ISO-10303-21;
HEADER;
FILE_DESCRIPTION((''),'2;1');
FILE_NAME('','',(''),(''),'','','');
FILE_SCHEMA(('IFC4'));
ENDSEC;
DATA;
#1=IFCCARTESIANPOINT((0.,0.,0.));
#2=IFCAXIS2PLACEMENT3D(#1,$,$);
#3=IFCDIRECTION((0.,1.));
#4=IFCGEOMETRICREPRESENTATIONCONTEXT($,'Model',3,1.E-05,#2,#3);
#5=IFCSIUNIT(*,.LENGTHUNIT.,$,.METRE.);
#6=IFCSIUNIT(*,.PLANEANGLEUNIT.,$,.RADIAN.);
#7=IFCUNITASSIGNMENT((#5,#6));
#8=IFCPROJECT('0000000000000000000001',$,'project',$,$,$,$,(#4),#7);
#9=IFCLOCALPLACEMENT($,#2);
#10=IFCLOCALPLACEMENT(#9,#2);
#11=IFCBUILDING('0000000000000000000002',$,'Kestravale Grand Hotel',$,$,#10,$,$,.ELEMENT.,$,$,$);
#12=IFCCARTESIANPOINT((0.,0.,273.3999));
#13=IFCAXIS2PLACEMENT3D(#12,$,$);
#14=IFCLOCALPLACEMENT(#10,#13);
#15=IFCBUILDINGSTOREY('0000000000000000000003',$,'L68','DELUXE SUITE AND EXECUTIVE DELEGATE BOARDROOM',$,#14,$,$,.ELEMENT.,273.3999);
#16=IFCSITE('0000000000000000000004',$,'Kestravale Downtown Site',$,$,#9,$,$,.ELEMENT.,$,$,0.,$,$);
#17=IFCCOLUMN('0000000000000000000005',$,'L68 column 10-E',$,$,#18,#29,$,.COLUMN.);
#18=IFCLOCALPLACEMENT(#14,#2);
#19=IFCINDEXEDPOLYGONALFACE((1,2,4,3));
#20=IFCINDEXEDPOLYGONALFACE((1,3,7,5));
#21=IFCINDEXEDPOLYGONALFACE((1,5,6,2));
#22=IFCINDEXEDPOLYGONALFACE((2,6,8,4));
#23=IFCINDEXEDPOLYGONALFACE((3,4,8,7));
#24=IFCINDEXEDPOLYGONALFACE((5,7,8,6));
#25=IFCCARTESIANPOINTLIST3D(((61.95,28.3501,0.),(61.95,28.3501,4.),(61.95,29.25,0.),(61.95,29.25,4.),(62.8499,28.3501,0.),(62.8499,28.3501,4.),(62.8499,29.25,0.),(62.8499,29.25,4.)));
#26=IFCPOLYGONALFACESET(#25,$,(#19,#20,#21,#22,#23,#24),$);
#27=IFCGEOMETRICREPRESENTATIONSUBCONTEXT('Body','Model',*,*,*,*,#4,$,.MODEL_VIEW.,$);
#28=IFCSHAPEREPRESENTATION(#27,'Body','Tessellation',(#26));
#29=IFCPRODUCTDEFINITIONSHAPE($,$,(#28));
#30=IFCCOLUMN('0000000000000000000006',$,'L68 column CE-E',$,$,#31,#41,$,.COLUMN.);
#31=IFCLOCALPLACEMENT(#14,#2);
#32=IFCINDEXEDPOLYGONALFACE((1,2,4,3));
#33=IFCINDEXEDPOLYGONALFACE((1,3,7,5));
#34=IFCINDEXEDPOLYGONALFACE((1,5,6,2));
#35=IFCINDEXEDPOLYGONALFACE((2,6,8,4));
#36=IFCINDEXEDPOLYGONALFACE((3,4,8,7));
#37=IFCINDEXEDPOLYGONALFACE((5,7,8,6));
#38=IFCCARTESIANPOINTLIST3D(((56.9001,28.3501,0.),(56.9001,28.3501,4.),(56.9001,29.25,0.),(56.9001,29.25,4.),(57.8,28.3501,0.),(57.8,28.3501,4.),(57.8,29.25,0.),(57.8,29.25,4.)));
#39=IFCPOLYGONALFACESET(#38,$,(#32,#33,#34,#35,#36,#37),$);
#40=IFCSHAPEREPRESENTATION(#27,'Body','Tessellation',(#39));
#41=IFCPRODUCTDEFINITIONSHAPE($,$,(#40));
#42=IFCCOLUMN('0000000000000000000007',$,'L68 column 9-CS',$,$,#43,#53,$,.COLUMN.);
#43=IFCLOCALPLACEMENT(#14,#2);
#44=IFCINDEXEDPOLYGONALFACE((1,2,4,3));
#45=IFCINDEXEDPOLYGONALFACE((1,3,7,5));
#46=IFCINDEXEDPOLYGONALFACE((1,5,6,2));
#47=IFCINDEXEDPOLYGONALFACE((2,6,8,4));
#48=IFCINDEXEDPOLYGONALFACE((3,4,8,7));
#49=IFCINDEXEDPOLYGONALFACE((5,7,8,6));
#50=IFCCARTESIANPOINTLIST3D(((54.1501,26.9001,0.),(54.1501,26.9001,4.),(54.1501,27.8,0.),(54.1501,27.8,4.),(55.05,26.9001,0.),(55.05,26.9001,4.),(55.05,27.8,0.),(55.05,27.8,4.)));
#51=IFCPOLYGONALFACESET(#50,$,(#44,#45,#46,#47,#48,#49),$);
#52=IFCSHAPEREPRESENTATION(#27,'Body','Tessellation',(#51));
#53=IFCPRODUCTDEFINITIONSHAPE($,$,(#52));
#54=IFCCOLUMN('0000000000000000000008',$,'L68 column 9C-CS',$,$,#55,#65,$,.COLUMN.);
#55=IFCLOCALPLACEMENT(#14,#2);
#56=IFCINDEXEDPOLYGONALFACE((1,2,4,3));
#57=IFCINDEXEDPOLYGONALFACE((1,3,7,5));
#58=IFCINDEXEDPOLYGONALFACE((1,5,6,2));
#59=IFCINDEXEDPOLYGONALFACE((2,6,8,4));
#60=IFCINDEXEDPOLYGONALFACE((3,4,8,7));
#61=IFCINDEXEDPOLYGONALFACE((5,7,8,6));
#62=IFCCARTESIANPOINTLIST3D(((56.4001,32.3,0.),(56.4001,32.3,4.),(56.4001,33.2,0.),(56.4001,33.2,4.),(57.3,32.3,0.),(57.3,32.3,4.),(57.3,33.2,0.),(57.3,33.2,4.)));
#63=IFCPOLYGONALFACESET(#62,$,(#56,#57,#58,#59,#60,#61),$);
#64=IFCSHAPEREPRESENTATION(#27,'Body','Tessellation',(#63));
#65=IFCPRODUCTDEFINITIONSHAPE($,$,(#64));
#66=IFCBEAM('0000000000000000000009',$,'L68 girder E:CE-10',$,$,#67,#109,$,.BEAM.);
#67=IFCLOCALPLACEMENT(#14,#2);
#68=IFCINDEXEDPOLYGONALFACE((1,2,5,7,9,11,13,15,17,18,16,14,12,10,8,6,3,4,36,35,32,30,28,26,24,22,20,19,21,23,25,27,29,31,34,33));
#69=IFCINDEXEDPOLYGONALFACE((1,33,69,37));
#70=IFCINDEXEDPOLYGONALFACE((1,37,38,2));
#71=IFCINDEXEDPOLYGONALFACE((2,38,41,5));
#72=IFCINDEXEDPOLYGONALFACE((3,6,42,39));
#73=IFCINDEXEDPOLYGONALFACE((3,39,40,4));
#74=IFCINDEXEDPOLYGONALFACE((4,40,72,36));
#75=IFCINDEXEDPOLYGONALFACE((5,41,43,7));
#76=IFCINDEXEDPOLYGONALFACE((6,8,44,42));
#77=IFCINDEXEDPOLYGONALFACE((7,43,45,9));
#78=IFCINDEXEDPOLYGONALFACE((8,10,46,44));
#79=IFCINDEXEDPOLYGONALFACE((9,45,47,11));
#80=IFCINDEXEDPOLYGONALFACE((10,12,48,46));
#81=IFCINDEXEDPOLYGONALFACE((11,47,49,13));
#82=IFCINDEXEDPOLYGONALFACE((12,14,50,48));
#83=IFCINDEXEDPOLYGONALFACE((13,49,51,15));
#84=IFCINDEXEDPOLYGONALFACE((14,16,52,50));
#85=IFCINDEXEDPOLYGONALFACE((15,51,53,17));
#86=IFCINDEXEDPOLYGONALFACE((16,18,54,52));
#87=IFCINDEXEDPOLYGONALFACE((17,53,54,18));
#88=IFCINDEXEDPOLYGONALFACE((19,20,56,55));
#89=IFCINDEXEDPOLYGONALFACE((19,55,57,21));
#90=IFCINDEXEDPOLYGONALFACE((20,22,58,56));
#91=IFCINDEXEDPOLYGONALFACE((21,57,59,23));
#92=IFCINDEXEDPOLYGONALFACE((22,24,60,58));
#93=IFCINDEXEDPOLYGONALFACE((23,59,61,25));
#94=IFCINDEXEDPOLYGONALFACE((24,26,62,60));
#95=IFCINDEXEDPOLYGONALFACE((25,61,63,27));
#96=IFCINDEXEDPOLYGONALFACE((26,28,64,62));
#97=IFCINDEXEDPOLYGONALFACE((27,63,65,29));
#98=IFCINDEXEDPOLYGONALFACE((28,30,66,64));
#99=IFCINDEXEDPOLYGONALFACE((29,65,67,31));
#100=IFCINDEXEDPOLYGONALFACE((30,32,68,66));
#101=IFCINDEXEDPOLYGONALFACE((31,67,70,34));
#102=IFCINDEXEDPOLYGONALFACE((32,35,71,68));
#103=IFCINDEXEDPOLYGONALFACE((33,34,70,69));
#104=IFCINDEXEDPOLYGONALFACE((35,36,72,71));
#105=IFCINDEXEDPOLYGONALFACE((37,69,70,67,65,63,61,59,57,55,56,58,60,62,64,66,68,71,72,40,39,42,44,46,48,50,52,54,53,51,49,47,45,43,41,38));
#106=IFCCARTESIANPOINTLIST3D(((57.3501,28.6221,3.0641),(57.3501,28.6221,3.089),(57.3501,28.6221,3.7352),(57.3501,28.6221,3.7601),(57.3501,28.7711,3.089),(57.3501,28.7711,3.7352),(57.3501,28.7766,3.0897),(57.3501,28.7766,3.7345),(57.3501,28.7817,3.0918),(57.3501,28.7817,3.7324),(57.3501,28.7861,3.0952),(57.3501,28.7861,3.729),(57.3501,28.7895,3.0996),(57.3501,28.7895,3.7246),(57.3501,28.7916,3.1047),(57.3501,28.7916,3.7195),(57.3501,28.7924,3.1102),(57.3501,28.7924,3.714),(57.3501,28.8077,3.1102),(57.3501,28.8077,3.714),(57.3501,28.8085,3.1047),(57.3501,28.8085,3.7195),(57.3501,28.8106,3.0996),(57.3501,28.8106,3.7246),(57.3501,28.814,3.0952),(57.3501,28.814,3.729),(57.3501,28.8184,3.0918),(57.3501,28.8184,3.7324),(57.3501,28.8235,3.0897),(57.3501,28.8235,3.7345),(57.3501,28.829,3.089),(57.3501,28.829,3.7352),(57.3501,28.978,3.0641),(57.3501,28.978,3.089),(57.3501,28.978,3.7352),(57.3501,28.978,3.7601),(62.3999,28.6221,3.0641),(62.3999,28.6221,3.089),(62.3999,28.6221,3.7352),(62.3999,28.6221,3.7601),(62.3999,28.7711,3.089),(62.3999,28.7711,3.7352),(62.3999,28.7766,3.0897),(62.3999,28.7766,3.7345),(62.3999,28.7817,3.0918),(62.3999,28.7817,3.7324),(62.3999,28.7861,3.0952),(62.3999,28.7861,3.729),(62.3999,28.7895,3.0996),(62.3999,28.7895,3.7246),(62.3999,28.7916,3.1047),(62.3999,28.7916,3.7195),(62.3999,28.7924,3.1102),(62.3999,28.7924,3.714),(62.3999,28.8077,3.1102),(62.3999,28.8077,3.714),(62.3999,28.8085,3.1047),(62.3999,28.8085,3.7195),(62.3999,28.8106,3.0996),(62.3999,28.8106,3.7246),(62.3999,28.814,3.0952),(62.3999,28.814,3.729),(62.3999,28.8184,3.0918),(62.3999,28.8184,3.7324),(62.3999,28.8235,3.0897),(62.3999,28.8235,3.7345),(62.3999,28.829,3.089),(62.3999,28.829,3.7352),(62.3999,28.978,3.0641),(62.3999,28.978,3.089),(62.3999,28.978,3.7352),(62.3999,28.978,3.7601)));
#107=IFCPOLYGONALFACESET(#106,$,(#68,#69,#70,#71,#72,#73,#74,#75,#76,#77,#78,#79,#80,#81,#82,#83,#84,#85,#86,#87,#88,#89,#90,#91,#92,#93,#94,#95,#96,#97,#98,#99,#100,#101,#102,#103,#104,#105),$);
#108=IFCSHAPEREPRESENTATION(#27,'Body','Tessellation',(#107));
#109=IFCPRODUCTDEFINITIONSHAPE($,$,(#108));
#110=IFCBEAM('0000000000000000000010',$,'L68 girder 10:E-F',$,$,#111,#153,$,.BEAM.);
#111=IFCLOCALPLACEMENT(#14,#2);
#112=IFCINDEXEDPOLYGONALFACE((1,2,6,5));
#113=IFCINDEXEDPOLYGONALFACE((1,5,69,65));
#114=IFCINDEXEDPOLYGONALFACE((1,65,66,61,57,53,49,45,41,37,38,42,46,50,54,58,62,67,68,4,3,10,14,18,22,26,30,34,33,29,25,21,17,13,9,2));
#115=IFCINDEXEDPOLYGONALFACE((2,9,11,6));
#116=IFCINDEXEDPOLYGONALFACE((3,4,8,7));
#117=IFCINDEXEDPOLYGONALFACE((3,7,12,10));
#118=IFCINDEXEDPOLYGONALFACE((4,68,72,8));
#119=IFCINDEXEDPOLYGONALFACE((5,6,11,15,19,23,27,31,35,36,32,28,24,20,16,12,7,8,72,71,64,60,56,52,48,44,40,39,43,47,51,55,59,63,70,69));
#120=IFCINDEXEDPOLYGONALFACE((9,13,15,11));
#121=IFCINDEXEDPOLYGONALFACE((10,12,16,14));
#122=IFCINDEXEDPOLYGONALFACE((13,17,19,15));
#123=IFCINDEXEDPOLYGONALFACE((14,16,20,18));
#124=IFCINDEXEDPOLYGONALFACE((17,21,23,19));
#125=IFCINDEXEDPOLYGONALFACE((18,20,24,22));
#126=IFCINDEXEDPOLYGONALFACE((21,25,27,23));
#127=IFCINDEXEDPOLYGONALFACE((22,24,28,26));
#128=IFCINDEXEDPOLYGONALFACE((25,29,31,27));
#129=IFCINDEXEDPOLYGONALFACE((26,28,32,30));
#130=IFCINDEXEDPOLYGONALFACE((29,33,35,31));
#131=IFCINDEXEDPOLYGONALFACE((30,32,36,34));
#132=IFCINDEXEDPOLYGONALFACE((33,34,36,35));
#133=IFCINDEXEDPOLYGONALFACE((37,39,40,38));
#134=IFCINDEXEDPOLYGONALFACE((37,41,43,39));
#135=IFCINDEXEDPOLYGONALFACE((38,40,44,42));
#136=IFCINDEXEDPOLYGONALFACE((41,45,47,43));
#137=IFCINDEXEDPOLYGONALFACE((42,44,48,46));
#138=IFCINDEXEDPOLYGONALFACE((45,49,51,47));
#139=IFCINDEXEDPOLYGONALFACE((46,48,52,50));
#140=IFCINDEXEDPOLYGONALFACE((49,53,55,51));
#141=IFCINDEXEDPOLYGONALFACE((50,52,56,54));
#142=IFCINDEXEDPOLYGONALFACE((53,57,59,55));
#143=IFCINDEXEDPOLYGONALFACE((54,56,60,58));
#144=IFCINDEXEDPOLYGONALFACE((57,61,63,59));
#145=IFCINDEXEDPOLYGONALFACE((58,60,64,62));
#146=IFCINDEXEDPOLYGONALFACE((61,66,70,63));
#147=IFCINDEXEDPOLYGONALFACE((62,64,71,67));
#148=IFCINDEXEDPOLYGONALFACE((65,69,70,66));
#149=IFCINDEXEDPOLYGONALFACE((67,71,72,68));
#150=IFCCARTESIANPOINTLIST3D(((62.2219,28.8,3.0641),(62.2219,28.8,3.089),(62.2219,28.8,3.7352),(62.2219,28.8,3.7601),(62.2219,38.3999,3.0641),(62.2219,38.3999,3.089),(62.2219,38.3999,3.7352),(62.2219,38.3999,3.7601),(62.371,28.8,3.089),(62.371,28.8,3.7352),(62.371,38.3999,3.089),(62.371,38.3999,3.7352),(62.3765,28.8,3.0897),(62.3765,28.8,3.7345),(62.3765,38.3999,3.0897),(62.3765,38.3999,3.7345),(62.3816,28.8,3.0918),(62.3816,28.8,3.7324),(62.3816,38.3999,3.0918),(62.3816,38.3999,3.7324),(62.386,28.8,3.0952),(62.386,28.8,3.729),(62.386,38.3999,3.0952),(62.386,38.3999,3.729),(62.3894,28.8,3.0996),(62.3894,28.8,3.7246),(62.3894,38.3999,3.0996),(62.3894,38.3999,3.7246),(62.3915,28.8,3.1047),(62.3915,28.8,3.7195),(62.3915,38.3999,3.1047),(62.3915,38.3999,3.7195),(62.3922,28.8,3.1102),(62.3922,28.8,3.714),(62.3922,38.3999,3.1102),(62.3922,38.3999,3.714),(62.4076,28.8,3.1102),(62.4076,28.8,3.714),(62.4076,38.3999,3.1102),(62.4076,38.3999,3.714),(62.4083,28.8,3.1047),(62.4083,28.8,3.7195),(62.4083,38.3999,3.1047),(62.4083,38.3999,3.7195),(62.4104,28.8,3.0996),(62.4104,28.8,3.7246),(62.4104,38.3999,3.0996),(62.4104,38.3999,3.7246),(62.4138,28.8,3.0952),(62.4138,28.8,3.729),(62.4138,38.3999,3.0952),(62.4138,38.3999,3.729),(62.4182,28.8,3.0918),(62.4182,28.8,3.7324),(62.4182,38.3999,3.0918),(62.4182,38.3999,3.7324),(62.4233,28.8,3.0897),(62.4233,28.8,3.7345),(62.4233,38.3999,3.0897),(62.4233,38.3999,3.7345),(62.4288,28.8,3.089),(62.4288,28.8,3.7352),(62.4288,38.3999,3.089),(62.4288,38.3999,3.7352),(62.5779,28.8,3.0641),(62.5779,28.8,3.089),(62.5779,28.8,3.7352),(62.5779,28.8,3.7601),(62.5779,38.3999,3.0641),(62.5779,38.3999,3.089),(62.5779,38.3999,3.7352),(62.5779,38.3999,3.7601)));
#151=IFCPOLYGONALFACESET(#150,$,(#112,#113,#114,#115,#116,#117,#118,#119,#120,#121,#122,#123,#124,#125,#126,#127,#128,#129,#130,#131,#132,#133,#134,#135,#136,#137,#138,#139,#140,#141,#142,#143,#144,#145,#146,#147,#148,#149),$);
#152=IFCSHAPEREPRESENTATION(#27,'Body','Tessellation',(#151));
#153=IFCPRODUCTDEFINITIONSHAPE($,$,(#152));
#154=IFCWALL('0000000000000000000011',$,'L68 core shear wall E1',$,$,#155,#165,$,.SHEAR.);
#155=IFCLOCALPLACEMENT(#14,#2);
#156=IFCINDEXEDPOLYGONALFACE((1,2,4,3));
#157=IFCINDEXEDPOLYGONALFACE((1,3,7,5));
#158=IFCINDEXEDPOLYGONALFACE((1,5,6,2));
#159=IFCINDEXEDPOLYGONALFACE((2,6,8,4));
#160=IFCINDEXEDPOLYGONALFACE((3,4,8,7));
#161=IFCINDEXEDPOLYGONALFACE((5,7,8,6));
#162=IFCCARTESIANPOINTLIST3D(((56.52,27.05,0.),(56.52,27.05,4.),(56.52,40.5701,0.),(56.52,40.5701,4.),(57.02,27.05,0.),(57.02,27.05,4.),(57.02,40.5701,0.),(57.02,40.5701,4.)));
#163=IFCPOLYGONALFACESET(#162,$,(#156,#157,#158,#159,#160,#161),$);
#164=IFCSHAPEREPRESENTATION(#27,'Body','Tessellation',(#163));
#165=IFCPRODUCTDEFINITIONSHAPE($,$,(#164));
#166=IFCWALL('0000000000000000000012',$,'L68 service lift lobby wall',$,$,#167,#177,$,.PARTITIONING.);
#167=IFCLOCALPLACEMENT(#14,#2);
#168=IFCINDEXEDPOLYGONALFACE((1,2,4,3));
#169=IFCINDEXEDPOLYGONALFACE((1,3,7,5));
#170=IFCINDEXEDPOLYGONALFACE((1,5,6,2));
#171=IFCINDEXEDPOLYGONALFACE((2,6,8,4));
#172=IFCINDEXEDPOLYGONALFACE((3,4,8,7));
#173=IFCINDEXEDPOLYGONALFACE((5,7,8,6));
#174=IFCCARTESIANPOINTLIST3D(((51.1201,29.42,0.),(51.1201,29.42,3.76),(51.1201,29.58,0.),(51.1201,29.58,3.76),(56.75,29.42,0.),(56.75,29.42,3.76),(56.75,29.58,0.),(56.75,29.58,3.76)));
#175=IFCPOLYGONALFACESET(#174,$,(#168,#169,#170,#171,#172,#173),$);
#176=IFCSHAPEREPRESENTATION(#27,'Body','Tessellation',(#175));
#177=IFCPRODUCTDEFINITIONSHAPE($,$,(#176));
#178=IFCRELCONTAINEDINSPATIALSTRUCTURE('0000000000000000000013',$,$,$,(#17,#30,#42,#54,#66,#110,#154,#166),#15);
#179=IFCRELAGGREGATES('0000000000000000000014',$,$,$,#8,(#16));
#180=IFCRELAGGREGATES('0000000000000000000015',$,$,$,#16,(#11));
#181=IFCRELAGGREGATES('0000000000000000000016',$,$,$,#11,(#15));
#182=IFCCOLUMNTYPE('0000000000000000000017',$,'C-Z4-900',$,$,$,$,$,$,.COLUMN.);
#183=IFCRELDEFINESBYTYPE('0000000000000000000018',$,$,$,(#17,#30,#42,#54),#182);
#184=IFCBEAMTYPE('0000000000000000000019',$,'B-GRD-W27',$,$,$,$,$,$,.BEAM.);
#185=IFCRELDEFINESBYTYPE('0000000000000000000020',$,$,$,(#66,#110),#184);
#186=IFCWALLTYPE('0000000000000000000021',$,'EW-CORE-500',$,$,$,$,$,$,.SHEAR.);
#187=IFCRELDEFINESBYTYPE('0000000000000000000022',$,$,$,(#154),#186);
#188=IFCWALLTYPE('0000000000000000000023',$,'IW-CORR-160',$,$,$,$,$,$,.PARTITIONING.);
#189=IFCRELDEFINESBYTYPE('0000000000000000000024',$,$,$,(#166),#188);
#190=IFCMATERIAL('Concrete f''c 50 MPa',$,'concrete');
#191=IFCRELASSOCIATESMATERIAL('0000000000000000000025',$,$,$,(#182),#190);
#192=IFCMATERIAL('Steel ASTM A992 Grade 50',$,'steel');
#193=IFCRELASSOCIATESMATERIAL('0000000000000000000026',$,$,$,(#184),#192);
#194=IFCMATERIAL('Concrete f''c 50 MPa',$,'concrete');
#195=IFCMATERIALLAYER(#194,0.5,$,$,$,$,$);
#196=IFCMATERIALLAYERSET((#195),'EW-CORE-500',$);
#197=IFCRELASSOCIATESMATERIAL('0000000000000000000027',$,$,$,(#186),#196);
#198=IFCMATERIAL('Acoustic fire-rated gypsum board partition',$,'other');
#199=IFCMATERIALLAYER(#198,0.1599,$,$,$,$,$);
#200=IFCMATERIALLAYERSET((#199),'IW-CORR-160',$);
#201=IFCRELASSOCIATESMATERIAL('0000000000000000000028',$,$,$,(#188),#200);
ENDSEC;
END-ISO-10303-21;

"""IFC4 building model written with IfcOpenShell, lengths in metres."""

from ifc_helpers import new_model, si_unit, direction, frame, frame_2d, origin, origin_2d, place, context, subcontext, project, spatial, rectangle, i_section, extrude, material, layer, layer_set, material_profile, profile_set, type_object, element, save


model = new_model("IFC4")

# Units and contexts
model_context = context("Model", 3, precision=1e-05, world=origin(), true_north=direction((0.0, 1.0)))
body_context = subcontext(model_context, "Body", "Model", "MODEL_VIEW")
ifc_project = project(units=[si_unit("LENGTHUNIT", "METRE"), si_unit("PLANEANGLEUNIT", "RADIAN")], contexts=[model_context])

# Site, building, storey
site_placement = place(None, origin())
site = spatial("IfcSite", under=ifc_project, at=site_placement, Name="Kestravale Downtown Site", CompositionType="ELEMENT", RefElevation=0.0)
building_placement = place(site_placement, origin())
building = spatial("IfcBuilding", under=site, at=building_placement, Name="Kestravale Grand Hotel", CompositionType="ELEMENT")
storey_placement = place(building_placement, frame((0.0, 0.0, 273.3999)))
storey = spatial("IfcBuildingStorey", under=building, at=storey_placement, Name="L68", Description="DELUXE SUITE AND EXECUTIVE DELEGATE BOARDROOM", CompositionType="ELEMENT", Elevation=273.3999)

# Columns
ifc_material_1 = material(Name="Concrete f'c 50 MPa", Category="concrete")
ifc_material_profile_1 = material_profile(ifc_material_1, rectangle(XDim=0.8999, YDim=0.8999, at=origin_2d()))
ifc_profile_set_1 = profile_set([ifc_material_profile_1], Name="Concrete f'c 50 MPa")
column_type = type_object("IfcColumnType", Name="C-Z4-900", PredefinedType="COLUMN", material=ifc_profile_set_1)
for number, where, z_axis, x_axis, name in (
    (1, (62.3999, 28.8, 0.0), (0.0, 0.0, 1.0), (1.0, 0.0, 0.0), "L68 column 10-E"),
    (2, (57.3501, 28.8, 0.0), (0.0, 0.0, 1.0), (1.0, 0.0, 0.0), "L68 column CE-E"),
    (3, (54.6001, 27.3501, 0.0), (0.0, 0.0, 1.0), (1.0, 0.0, 0.0), "L68 column 9-CS"),
    (4, (56.8501, 32.75, 0.0), (0.0, 0.0, 1.0), (1.0, 0.0, 0.0), "L68 column 9C-CS"),
):
    element("IfcColumn", number, at=place(storey_placement, frame(where, z_axis=z_axis, x_axis=x_axis)), inside=storey, type_object=column_type, Name=name, PredefinedType="COLUMN", context=body_context, shape_type="SweptSolid", body=[
        extrude(rectangle(XDim=0.8999, YDim=0.8999, at=origin_2d()), origin(), (0.0, 0.0, 1.0), 4.0),
    ])

# Beams
ifc_material_2 = material(Name="Steel ASTM A992 Grade 50", Category="steel")
ifc_material_profile_2 = material_profile(ifc_material_2, i_section(OverallWidth=0.356, OverallDepth=0.696, WebThickness=0.0154, FlangeThickness=0.0249, FilletRadius=0.0212, at=origin_2d()))
ifc_profile_set_2 = profile_set([ifc_material_profile_2], Name="Steel ASTM A992 Grade 50")
beam_type = type_object("IfcBeamType", Name="B-GRD-W27", PredefinedType="BEAM", material=ifc_profile_set_2)
beam_1_placement = place(storey_placement, frame((57.3501, 28.8, 3.4121), z_axis=(1.0, 0.0, 0.0), x_axis=(0.0, 1.0, 0.0)))
element("IfcBeam", 5, at=beam_1_placement, inside=storey, type_object=beam_type, Name="L68 girder E:CE-10", PredefinedType="BEAM", context=body_context, shape_type="SweptSolid", body=[
    extrude(i_section(OverallWidth=0.356, OverallDepth=0.696, WebThickness=0.0154, FlangeThickness=0.0249, FilletRadius=0.0212, at=origin_2d()), origin(), (0.0, 0.0, 1.0), 5.0498),
])
beam_2_placement = place(storey_placement, frame((62.3999, 28.8, 3.4121), z_axis=(0.0, 1.0, 0.0), x_axis=(-1.0, 0.0, 0.0)))
element("IfcBeam", 6, at=beam_2_placement, inside=storey, type_object=beam_type, Name="L68 girder 10:E-F", PredefinedType="BEAM", context=body_context, shape_type="SweptSolid", body=[
    extrude(i_section(OverallWidth=0.356, OverallDepth=0.696, WebThickness=0.0154, FlangeThickness=0.0249, FilletRadius=0.0212, at=origin_2d()), origin(), (0.0, 0.0, 1.0), 9.5999),
])

# Wall
ifc_material_3 = material(Name="Concrete f'c 50 MPa", Category="concrete")
ifc_layer_1 = layer(ifc_material_3, 0.5)
ifc_layer_set_1 = layer_set([ifc_layer_1], Name="EW-CORE-500")
wall_type_1 = type_object("IfcWallType", Name="EW-CORE-500", PredefinedType="SHEAR", material=ifc_layer_set_1)
wall_1_placement = place(storey_placement, frame((56.77, 27.05, 0.0), z_axis=(0.0, 0.0, 1.0), x_axis=(0.0, 1.0, 0.0)))
element("IfcWall", 7, at=wall_1_placement, inside=storey, type_object=wall_type_1, Name="L68 core shear wall E1", PredefinedType="SHEAR", context=body_context, shape_type="SweptSolid", body=[
    extrude(rectangle(XDim=13.52, YDim=0.5, at=frame_2d((6.76, 0.0))), origin(), (0.0, 0.0, 1.0), 4.0),
])

# Shared definitions
ifc_material_4 = material(Name="Acoustic fire-rated gypsum board partition", Category="other")
ifc_layer_2 = layer(ifc_material_4, 0.1599)
ifc_layer_set_2 = layer_set([ifc_layer_2], Name="IW-CORR-160")
wall_type_2 = type_object("IfcWallType", Name="IW-CORR-160", PredefinedType="PARTITIONING", material=ifc_layer_set_2)

# Wall
wall_2_placement = place(storey_placement, frame((51.1201, 29.5, 0.0), z_axis=(0.0, 0.0, 1.0), x_axis=(1.0, 0.0, 0.0)))
element("IfcWall", 8, at=wall_2_placement, inside=storey, type_object=wall_type_2, Name="L68 service lift lobby wall", PredefinedType="PARTITIONING", context=body_context, shape_type="SweptSolid", body=[
    extrude(rectangle(XDim=5.6299, YDim=0.1599, at=frame_2d((2.8149, 0.0))), origin(), (0.0, 0.0, 1.0), 3.76),
])

save(model, "model.ifc")
